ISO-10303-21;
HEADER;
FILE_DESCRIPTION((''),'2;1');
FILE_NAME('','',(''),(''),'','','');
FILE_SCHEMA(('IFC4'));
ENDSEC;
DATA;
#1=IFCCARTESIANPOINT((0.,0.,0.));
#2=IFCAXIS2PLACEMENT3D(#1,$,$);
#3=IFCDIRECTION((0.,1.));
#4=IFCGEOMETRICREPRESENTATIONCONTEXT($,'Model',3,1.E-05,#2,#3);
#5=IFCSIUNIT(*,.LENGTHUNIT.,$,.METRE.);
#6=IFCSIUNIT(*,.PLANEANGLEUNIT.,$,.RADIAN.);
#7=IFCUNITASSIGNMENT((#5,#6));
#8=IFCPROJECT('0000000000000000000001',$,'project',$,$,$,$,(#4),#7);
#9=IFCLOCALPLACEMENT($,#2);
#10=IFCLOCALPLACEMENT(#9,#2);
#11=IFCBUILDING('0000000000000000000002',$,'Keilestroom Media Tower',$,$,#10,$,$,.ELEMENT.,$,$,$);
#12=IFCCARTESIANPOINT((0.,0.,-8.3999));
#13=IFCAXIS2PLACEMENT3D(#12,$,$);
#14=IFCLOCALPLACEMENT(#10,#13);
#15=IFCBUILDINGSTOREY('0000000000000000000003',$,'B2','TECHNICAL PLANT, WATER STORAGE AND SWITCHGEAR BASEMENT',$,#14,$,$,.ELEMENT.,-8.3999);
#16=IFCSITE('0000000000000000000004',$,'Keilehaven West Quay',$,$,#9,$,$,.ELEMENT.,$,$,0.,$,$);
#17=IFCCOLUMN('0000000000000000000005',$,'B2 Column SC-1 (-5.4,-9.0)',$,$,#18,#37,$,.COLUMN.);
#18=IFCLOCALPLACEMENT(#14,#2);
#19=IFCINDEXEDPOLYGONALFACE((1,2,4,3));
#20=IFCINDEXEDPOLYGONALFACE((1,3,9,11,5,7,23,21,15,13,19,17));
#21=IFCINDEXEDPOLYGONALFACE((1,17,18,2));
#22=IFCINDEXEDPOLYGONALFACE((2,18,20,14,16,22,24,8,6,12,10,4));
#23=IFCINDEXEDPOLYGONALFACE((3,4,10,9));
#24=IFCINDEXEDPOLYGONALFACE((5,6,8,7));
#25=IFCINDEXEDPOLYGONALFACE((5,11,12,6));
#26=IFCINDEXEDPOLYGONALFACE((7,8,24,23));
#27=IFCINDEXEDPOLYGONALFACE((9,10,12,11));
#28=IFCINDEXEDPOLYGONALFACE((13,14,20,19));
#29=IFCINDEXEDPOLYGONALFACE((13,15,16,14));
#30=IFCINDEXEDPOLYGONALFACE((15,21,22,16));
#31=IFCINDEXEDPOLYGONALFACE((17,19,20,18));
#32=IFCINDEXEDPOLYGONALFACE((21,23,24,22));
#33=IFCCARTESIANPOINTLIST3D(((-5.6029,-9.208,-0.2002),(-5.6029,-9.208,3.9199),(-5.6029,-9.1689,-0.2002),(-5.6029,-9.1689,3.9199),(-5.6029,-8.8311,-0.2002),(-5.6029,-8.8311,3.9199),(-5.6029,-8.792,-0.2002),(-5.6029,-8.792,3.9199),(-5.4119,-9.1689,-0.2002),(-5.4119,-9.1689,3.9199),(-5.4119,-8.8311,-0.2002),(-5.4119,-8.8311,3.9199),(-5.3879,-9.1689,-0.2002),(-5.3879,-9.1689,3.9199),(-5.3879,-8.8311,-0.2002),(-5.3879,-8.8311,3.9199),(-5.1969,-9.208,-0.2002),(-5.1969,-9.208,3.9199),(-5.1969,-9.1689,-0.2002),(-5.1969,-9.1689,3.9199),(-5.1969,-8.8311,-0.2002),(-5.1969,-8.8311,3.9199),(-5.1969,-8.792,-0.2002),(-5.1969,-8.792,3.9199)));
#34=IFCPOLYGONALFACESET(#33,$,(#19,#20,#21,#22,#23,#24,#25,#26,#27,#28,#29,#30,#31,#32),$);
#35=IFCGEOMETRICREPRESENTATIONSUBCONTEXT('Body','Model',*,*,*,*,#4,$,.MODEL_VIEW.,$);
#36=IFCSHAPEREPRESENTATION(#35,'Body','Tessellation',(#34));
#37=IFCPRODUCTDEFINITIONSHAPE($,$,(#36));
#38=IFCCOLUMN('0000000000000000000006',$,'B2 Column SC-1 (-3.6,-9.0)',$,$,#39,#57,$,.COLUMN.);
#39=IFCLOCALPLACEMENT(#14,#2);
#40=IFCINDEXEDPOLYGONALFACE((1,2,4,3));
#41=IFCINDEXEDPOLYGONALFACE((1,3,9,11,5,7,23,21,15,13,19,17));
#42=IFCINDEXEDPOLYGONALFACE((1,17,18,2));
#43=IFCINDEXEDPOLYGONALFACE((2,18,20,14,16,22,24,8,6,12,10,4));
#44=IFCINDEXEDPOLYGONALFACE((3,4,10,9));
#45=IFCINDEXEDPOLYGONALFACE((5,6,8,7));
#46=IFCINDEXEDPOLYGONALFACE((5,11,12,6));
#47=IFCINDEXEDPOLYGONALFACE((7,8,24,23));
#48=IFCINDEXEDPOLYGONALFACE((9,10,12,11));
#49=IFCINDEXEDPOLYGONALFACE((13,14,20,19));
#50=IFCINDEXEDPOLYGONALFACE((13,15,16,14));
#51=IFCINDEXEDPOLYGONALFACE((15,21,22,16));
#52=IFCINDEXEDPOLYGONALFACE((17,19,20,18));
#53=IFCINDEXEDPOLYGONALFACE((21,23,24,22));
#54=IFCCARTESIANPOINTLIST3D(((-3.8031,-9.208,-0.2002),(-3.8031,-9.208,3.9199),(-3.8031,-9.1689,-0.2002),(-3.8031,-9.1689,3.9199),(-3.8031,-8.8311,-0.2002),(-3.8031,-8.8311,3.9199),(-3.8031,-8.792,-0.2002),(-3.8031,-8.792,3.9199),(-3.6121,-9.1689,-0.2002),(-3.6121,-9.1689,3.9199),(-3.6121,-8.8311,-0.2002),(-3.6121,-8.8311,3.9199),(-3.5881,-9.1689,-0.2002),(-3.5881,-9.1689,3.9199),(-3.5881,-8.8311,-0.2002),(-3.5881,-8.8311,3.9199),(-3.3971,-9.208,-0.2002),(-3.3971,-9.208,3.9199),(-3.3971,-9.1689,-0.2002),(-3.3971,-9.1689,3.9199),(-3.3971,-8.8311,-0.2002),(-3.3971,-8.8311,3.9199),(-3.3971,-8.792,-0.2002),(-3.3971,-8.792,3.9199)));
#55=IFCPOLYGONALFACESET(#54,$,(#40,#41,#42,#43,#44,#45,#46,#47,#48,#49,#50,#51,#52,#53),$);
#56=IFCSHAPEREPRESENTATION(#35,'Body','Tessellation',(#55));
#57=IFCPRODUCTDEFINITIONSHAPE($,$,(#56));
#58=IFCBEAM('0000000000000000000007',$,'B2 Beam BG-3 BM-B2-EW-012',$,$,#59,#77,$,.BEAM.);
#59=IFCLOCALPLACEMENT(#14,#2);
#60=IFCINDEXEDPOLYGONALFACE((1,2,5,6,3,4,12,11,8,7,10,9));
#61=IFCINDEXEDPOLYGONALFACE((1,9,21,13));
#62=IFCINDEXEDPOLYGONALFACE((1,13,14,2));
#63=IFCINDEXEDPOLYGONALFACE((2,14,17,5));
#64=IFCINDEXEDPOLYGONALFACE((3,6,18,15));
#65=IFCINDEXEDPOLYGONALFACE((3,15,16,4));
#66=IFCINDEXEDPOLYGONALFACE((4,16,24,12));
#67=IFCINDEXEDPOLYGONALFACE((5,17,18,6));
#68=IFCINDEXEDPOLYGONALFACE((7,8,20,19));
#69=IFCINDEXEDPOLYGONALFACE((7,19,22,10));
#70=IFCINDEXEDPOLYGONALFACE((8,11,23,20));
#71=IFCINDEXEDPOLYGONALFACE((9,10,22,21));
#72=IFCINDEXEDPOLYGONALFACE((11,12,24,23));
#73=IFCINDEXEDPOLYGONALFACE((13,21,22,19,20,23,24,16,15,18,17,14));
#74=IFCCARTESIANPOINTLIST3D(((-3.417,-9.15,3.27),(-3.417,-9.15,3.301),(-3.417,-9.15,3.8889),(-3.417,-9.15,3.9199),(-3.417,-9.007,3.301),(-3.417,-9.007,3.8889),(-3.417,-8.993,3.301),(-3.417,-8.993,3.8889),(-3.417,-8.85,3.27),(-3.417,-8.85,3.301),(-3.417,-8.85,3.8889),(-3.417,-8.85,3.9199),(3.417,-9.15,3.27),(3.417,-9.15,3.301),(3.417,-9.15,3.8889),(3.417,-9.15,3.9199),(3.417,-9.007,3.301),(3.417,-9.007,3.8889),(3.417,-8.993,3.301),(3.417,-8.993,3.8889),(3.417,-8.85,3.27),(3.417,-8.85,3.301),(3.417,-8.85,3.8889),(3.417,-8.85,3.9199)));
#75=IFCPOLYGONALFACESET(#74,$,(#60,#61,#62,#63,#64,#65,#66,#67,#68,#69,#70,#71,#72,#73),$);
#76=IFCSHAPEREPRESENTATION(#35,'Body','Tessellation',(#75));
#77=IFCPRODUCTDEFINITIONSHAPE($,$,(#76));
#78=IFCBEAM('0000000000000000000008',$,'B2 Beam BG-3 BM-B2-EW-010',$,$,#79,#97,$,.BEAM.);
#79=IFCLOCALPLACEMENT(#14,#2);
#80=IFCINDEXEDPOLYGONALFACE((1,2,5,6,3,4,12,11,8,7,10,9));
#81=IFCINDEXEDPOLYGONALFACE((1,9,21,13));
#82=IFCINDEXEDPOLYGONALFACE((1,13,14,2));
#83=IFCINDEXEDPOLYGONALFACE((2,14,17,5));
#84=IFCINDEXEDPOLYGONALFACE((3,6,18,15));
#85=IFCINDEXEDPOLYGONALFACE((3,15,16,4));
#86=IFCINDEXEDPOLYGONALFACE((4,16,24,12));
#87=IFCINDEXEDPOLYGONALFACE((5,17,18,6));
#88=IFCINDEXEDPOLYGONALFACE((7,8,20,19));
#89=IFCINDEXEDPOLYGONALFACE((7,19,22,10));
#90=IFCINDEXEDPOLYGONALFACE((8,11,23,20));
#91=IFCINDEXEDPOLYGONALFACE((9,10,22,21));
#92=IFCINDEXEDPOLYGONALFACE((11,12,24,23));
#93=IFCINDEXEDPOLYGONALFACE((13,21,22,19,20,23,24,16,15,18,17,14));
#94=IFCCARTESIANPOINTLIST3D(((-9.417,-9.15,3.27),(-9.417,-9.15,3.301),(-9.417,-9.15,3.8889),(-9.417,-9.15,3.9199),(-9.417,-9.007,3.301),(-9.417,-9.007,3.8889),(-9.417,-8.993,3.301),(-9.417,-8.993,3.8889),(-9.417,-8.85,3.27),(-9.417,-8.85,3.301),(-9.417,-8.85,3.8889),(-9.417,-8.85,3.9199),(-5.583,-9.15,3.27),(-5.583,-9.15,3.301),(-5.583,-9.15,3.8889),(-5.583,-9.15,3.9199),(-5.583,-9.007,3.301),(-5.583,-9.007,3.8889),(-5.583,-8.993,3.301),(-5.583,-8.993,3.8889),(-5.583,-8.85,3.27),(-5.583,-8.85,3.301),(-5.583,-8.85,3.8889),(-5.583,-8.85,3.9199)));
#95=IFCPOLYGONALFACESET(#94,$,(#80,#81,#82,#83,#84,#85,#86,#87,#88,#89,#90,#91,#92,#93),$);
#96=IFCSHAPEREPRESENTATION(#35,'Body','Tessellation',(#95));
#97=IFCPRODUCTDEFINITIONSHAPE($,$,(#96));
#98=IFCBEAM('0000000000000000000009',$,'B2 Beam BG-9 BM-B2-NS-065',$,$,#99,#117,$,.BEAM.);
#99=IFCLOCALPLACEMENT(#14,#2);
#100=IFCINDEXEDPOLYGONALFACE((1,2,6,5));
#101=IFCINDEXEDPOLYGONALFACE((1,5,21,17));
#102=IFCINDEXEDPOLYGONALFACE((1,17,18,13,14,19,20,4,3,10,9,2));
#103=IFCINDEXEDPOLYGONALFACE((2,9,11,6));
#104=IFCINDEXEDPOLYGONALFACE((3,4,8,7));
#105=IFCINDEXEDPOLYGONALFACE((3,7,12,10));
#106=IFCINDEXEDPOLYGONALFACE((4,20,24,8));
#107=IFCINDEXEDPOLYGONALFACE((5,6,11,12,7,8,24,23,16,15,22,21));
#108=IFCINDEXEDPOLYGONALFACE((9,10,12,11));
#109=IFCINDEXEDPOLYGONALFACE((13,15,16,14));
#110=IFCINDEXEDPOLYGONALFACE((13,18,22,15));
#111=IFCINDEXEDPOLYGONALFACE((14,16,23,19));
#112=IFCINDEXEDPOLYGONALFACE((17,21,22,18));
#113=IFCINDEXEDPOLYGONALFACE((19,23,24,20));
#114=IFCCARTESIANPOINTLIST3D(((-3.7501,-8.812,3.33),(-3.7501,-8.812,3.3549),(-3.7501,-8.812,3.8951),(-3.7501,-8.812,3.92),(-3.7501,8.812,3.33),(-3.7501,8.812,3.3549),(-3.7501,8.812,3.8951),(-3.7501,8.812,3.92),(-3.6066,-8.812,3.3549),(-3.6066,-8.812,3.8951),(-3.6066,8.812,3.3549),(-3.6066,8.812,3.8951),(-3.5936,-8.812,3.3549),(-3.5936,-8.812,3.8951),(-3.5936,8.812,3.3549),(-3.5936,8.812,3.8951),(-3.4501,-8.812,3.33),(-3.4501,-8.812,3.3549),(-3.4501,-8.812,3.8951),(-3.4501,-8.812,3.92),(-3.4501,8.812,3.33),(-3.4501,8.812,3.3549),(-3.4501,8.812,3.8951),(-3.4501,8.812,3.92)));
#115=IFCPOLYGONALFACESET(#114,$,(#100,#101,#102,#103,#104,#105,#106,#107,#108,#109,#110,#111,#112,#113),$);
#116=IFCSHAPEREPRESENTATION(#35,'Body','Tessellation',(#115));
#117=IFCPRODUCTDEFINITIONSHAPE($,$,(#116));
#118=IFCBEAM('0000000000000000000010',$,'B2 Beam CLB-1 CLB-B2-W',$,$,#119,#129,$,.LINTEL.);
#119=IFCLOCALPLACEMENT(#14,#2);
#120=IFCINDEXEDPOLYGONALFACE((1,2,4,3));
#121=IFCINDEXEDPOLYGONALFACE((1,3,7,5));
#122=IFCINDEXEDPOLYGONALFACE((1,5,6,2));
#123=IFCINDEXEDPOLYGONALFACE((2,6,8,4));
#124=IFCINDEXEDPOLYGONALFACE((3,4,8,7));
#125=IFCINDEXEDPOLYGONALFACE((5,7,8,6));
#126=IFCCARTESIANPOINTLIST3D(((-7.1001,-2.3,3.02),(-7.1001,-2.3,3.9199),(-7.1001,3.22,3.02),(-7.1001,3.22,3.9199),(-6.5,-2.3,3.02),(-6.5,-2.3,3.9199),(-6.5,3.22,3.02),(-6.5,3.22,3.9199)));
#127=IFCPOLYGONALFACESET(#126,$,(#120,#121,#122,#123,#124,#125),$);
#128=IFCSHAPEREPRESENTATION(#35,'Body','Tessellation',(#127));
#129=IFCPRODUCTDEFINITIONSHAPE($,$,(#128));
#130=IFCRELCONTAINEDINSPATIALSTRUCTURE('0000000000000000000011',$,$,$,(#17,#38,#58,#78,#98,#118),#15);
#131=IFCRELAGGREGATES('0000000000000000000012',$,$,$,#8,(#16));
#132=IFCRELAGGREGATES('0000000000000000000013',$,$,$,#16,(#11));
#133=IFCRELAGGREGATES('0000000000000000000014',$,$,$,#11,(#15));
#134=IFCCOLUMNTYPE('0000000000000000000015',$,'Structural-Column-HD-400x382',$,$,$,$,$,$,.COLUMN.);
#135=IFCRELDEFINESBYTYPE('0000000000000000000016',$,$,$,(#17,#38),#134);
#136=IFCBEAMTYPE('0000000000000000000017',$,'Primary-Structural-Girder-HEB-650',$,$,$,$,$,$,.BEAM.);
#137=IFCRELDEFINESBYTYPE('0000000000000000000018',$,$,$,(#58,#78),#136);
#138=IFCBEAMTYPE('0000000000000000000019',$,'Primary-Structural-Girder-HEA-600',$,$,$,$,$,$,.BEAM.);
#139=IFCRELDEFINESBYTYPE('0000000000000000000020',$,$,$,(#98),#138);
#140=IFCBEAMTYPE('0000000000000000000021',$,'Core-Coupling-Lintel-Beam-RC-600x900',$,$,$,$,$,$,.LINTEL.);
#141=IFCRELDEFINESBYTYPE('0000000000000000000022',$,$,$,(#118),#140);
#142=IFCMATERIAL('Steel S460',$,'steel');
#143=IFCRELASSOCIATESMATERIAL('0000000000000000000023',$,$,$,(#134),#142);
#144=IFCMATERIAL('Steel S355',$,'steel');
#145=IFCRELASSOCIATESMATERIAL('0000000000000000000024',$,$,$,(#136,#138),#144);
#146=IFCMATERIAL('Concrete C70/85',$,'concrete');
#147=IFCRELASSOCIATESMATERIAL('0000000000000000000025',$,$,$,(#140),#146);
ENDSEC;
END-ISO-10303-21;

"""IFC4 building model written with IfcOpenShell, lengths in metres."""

from ifc_helpers import new_model, si_unit, direction, frame, origin, origin_2d, place, context, subcontext, project, spatial, rectangle, i_section, extrude, source, transform, mapped, material, material_profile, profile_set, type_object, element, save


model = new_model("IFC4")

# Units and contexts
model_context = context("Model", 3, precision=1e-05, world=origin(), true_north=direction((0.0, 1.0)))
body_context = subcontext(model_context, "Body", "Model", "MODEL_VIEW")
ifc_project = project(units=[si_unit("LENGTHUNIT", "METRE"), si_unit("PLANEANGLEUNIT", "RADIAN")], contexts=[model_context])

# Site, building, storey
site_placement = place(None, origin())
site = spatial("IfcSite", under=ifc_project, at=site_placement, Name="Keilehaven West Quay", CompositionType="ELEMENT", RefElevation=0.0)
building_placement = place(site_placement, origin())
building = spatial("IfcBuilding", under=site, at=building_placement, Name="Keilestroom Media Tower", CompositionType="ELEMENT")
storey_placement = place(building_placement, frame((0.0, 0.0, -8.3999)))
storey = spatial("IfcBuildingStorey", under=building, at=storey_placement, Name="B2", Description="TECHNICAL PLANT, WATER STORAGE AND SWITCHGEAR BASEMENT", CompositionType="ELEMENT", Elevation=-8.3999)

# Columns
ifc_material_1 = material(Name="Steel S460", Category="steel")
ifc_material_profile_1 = material_profile(ifc_material_1, i_section(OverallWidth=0.406, OverallDepth=0.416, WebThickness=0.0239, FlangeThickness=0.0391, at=origin_2d()), Name="HD 400x382")
ifc_profile_set_1 = profile_set([ifc_material_profile_1], Name="Steel S460")
column_type = type_object("IfcColumnType", Name="Structural-Column-HD-400x382", PredefinedType="COLUMN", material=ifc_profile_set_1)
shared_shape_1 = source(origin(), body_context, "Body", "SweptSolid", [
    extrude(i_section(OverallWidth=0.406, OverallDepth=0.416, WebThickness=0.0239, FlangeThickness=0.0391, at=origin_2d()), origin(), (0.0, 0.0, 1.0), 4.1201),
])
for number, where, z_axis, x_axis, name in (
    (1, (-5.3999, -9.0, -0.2002), (0.0, 0.0, 1.0), (1.0, 0.0, 0.0), "B2 Column SC-1 (-5.4,-9.0)"),
    (2, (-3.6001, -9.0, -0.2002), (0.0, 0.0, 1.0), (1.0, 0.0, 0.0), "B2 Column SC-1 (-3.6,-9.0)"),
):
    element("IfcColumn", number, at=place(storey_placement, frame(where, z_axis=z_axis, x_axis=x_axis)), inside=storey, type_object=column_type, Name=name, PredefinedType="COLUMN", context=body_context, shape_type="MappedRepresentation", body=[
        mapped(shared_shape_1, transform((0.0, 0.0, 0.0), x_axis=(1.0, 0.0, 0.0), y_axis=(0.0, 1.0, 0.0), z_axis=(0.0, 0.0, 1.0), scale=1.0)),
    ])

# Beams
ifc_material_2 = material(Name="Steel S355", Category="steel")
ifc_material_profile_2 = material_profile(ifc_material_2, i_section(OverallWidth=0.3, OverallDepth=0.6499, WebThickness=0.0139, FlangeThickness=0.031, at=origin_2d()), Name="HEB 650")
ifc_profile_set_2 = profile_set([ifc_material_profile_2], Name="Steel S355")
beam_type_1 = type_object("IfcBeamType", Name="Primary-Structural-Girder-HEB-650", PredefinedType="BEAM", material=ifc_profile_set_2)
shared_shape_2 = source(origin(), body_context, "Body", "SweptSolid", [
    extrude(i_section(OverallWidth=0.3, OverallDepth=0.6499, WebThickness=0.0139, FlangeThickness=0.031, at=origin_2d()), origin(), (0.0, 0.0, 1.0), 6.834),
])
beam_1_placement = place(storey_placement, frame((-3.417, -9.0, 3.595), z_axis=(1.0, 0.0, 0.0), x_axis=(0.0, 1.0, 0.0)))
element("IfcBeam", 3, at=beam_1_placement, inside=storey, type_object=beam_type_1, Name="B2 Beam BG-3 BM-B2-EW-012", PredefinedType="BEAM", context=body_context, shape_type="MappedRepresentation", body=[
    mapped(shared_shape_2, transform((0.0, 0.0, 0.0), x_axis=(1.0, 0.0, 0.0), y_axis=(0.0, 1.0, 0.0), z_axis=(0.0, 0.0, 1.0), scale=1.0)),
])
shared_shape_3 = source(origin(), body_context, "Body", "SweptSolid", [
    extrude(i_section(OverallWidth=0.3, OverallDepth=0.6499, WebThickness=0.0139, FlangeThickness=0.031, at=origin_2d()), origin(), (0.0, 0.0, 1.0), 3.834),
])
beam_2_placement = place(storey_placement, frame((-9.417, -9.0, 3.595), z_axis=(1.0, 0.0, 0.0), x_axis=(0.0, 1.0, 0.0)))
element("IfcBeam", 4, at=beam_2_placement, inside=storey, type_object=beam_type_1, Name="B2 Beam BG-3 BM-B2-EW-010", PredefinedType="BEAM", context=body_context, shape_type="MappedRepresentation", body=[
    mapped(shared_shape_3, transform((0.0, 0.0, 0.0), x_axis=(1.0, 0.0, 0.0), y_axis=(0.0, 1.0, 0.0), z_axis=(0.0, 0.0, 1.0), scale=1.0)),
])
ifc_material_profile_3 = material_profile(ifc_material_2, i_section(OverallWidth=0.3, OverallDepth=0.5901, WebThickness=0.0129, FlangeThickness=0.0249, at=origin_2d()), Name="HEA 600")
ifc_profile_set_3 = profile_set([ifc_material_profile_3], Name="Steel S355")
beam_type_2 = type_object("IfcBeamType", Name="Primary-Structural-Girder-HEA-600", PredefinedType="BEAM", material=ifc_profile_set_3)
shared_shape_4 = source(origin(), body_context, "Body", "SweptSolid", [
    extrude(i_section(OverallWidth=0.3, OverallDepth=0.5901, WebThickness=0.0129, FlangeThickness=0.0249, at=origin_2d()), origin(), (0.0, 0.0, 1.0), 17.624),
])
beam_3_placement = place(storey_placement, frame((-3.6001, -8.812, 3.625), z_axis=(0.0, 1.0, 0.0), x_axis=(-1.0, 0.0, 0.0)))
element("IfcBeam", 5, at=beam_3_placement, inside=storey, type_object=beam_type_2, Name="B2 Beam BG-9 BM-B2-NS-065", PredefinedType="BEAM", context=body_context, shape_type="MappedRepresentation", body=[
    mapped(shared_shape_4, transform((0.0, 0.0, 0.0), x_axis=(1.0, 0.0, 0.0), y_axis=(0.0, 1.0, 0.0), z_axis=(0.0, 0.0, 1.0), scale=1.0)),
])
ifc_material_3 = material(Name="Concrete C70/85", Category="concrete")
ifc_material_profile_4 = material_profile(ifc_material_3, rectangle(XDim=0.6001, YDim=0.8999, at=origin_2d()), Name="RC 600x900")
ifc_profile_set_4 = profile_set([ifc_material_profile_4], Name="Concrete C70/85")
beam_type_3 = type_object("IfcBeamType", Name="Core-Coupling-Lintel-Beam-RC-600x900", PredefinedType="LINTEL", material=ifc_profile_set_4)
shared_shape_5 = source(origin(), body_context, "Body", "SweptSolid", [
    extrude(rectangle(XDim=0.6001, YDim=0.8999, at=origin_2d()), origin(), (0.0, 0.0, 1.0), 5.52),
])
beam_4_placement = place(storey_placement, frame((-6.8, -2.3, 3.47), z_axis=(0.0, 1.0, 0.0), x_axis=(-1.0, 0.0, 0.0)))
element("IfcBeam", 6, at=beam_4_placement, inside=storey, type_object=beam_type_3, Name="B2 Beam CLB-1 CLB-B2-W", PredefinedType="LINTEL", context=body_context, shape_type="MappedRepresentation", body=[
    mapped(shared_shape_5, transform((0.0, 0.0, 0.0), x_axis=(1.0, 0.0, 0.0), y_axis=(0.0, 1.0, 0.0), z_axis=(0.0, 0.0, 1.0), scale=1.0)),
])

save(model, "model.ifc")
